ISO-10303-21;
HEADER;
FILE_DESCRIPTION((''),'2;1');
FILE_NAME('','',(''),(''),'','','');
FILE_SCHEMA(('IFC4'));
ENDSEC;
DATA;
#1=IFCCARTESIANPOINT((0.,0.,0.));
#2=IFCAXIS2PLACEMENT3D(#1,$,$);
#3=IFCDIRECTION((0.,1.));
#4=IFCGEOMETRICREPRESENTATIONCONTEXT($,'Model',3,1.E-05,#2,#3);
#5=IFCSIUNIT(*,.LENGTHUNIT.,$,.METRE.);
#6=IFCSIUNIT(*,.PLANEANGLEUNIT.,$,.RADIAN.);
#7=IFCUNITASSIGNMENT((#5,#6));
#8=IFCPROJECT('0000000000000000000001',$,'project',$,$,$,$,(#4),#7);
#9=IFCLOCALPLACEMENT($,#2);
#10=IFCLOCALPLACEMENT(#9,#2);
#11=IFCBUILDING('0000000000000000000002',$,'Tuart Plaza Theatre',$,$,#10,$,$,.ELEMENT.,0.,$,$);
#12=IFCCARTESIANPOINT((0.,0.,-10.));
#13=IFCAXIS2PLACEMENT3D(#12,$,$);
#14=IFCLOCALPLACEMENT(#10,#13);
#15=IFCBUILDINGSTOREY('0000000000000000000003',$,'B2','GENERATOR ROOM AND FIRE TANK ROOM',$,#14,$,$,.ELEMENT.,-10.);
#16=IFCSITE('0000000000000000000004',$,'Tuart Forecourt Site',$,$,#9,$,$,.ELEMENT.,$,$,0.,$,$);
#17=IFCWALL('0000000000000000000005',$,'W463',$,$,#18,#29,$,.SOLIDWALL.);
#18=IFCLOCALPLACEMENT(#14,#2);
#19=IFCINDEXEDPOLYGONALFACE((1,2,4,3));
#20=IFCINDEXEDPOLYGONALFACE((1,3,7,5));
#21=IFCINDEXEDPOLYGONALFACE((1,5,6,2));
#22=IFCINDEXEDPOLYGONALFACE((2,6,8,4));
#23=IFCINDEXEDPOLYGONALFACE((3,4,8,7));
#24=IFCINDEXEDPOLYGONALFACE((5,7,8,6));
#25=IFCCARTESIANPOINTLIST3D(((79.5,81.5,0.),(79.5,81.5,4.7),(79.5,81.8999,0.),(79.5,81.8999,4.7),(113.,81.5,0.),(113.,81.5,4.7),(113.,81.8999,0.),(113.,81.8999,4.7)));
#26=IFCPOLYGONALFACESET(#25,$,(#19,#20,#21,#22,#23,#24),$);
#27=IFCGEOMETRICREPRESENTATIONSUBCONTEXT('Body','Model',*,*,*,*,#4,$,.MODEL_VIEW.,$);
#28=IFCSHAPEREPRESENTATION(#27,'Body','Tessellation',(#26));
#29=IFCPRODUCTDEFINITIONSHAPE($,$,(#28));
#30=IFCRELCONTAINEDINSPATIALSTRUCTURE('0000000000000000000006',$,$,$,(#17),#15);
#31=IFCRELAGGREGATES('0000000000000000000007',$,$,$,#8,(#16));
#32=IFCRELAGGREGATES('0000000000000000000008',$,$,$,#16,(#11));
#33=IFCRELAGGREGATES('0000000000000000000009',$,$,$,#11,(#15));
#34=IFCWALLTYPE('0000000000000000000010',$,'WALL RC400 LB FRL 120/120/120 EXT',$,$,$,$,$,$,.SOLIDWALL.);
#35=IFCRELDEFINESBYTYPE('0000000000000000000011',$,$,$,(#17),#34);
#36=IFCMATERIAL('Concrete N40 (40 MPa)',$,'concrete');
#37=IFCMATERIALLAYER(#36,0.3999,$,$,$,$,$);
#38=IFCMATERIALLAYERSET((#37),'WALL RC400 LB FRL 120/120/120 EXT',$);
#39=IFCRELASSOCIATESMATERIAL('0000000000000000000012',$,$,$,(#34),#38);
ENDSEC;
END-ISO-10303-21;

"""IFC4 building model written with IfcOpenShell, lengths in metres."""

from ifc_helpers import new_model, si_unit, direction, frame, frame_2d, origin, place, context, subcontext, project, spatial, rectangle, extrude, material, layer, layer_set, type_object, element, save


model = new_model("IFC4")

# Units and contexts
model_context = context("Model", 3, precision=1e-05, world=origin(), true_north=direction((0.0, 1.0)))
body_context = subcontext(model_context, "Body", "Model", "MODEL_VIEW")
ifc_project = project(units=[si_unit("LENGTHUNIT", "METRE"), si_unit("PLANEANGLEUNIT", "RADIAN")], contexts=[model_context])

# Site, building, storey
site_placement = place(None, origin())
site = spatial("IfcSite", under=ifc_project, at=site_placement, Name="Tuart Forecourt Site", CompositionType="ELEMENT", RefElevation=0.0)
building_placement = place(site_placement, origin())
building = spatial("IfcBuilding", under=site, at=building_placement, Name="Tuart Plaza Theatre", CompositionType="ELEMENT", ElevationOfRefHeight=0.0)
storey_placement = place(building_placement, frame((0.0, 0.0, -10.0)))
storey = spatial("IfcBuildingStorey", under=building, at=storey_placement, Name="B2", Description="GENERATOR ROOM AND FIRE TANK ROOM", CompositionType="ELEMENT", Elevation=-10.0)

# Wall
ifc_material_1 = material(Name="Concrete N40 (40 MPa)", Category="concrete")
ifc_layer_1 = layer(ifc_material_1, 0.3999)
ifc_layer_set_1 = layer_set([ifc_layer_1], Name="WALL RC400 LB FRL 120/120/120 EXT")
wall_type_1 = type_object("IfcWallType", Name="WALL RC400 LB FRL 120/120/120 EXT", PredefinedType="SOLIDWALL", material=ifc_layer_set_1)
wall_1_placement = place(storey_placement, frame((79.5, 81.7, 0.0), z_axis=(0.0, 0.0, 1.0), x_axis=(1.0, 0.0, 0.0)))
element("IfcWall", 1, at=wall_1_placement, inside=storey, type_object=wall_type_1, Name="W463", PredefinedType="SOLIDWALL", context=body_context, shape_type="SweptSolid", body=[
    extrude(rectangle(XDim=33.5, YDim=0.3999, at=frame_2d((16.75, 0.0))), origin(), (0.0, 0.0, 1.0), 4.7),
])

save(model, "model.ifc")
